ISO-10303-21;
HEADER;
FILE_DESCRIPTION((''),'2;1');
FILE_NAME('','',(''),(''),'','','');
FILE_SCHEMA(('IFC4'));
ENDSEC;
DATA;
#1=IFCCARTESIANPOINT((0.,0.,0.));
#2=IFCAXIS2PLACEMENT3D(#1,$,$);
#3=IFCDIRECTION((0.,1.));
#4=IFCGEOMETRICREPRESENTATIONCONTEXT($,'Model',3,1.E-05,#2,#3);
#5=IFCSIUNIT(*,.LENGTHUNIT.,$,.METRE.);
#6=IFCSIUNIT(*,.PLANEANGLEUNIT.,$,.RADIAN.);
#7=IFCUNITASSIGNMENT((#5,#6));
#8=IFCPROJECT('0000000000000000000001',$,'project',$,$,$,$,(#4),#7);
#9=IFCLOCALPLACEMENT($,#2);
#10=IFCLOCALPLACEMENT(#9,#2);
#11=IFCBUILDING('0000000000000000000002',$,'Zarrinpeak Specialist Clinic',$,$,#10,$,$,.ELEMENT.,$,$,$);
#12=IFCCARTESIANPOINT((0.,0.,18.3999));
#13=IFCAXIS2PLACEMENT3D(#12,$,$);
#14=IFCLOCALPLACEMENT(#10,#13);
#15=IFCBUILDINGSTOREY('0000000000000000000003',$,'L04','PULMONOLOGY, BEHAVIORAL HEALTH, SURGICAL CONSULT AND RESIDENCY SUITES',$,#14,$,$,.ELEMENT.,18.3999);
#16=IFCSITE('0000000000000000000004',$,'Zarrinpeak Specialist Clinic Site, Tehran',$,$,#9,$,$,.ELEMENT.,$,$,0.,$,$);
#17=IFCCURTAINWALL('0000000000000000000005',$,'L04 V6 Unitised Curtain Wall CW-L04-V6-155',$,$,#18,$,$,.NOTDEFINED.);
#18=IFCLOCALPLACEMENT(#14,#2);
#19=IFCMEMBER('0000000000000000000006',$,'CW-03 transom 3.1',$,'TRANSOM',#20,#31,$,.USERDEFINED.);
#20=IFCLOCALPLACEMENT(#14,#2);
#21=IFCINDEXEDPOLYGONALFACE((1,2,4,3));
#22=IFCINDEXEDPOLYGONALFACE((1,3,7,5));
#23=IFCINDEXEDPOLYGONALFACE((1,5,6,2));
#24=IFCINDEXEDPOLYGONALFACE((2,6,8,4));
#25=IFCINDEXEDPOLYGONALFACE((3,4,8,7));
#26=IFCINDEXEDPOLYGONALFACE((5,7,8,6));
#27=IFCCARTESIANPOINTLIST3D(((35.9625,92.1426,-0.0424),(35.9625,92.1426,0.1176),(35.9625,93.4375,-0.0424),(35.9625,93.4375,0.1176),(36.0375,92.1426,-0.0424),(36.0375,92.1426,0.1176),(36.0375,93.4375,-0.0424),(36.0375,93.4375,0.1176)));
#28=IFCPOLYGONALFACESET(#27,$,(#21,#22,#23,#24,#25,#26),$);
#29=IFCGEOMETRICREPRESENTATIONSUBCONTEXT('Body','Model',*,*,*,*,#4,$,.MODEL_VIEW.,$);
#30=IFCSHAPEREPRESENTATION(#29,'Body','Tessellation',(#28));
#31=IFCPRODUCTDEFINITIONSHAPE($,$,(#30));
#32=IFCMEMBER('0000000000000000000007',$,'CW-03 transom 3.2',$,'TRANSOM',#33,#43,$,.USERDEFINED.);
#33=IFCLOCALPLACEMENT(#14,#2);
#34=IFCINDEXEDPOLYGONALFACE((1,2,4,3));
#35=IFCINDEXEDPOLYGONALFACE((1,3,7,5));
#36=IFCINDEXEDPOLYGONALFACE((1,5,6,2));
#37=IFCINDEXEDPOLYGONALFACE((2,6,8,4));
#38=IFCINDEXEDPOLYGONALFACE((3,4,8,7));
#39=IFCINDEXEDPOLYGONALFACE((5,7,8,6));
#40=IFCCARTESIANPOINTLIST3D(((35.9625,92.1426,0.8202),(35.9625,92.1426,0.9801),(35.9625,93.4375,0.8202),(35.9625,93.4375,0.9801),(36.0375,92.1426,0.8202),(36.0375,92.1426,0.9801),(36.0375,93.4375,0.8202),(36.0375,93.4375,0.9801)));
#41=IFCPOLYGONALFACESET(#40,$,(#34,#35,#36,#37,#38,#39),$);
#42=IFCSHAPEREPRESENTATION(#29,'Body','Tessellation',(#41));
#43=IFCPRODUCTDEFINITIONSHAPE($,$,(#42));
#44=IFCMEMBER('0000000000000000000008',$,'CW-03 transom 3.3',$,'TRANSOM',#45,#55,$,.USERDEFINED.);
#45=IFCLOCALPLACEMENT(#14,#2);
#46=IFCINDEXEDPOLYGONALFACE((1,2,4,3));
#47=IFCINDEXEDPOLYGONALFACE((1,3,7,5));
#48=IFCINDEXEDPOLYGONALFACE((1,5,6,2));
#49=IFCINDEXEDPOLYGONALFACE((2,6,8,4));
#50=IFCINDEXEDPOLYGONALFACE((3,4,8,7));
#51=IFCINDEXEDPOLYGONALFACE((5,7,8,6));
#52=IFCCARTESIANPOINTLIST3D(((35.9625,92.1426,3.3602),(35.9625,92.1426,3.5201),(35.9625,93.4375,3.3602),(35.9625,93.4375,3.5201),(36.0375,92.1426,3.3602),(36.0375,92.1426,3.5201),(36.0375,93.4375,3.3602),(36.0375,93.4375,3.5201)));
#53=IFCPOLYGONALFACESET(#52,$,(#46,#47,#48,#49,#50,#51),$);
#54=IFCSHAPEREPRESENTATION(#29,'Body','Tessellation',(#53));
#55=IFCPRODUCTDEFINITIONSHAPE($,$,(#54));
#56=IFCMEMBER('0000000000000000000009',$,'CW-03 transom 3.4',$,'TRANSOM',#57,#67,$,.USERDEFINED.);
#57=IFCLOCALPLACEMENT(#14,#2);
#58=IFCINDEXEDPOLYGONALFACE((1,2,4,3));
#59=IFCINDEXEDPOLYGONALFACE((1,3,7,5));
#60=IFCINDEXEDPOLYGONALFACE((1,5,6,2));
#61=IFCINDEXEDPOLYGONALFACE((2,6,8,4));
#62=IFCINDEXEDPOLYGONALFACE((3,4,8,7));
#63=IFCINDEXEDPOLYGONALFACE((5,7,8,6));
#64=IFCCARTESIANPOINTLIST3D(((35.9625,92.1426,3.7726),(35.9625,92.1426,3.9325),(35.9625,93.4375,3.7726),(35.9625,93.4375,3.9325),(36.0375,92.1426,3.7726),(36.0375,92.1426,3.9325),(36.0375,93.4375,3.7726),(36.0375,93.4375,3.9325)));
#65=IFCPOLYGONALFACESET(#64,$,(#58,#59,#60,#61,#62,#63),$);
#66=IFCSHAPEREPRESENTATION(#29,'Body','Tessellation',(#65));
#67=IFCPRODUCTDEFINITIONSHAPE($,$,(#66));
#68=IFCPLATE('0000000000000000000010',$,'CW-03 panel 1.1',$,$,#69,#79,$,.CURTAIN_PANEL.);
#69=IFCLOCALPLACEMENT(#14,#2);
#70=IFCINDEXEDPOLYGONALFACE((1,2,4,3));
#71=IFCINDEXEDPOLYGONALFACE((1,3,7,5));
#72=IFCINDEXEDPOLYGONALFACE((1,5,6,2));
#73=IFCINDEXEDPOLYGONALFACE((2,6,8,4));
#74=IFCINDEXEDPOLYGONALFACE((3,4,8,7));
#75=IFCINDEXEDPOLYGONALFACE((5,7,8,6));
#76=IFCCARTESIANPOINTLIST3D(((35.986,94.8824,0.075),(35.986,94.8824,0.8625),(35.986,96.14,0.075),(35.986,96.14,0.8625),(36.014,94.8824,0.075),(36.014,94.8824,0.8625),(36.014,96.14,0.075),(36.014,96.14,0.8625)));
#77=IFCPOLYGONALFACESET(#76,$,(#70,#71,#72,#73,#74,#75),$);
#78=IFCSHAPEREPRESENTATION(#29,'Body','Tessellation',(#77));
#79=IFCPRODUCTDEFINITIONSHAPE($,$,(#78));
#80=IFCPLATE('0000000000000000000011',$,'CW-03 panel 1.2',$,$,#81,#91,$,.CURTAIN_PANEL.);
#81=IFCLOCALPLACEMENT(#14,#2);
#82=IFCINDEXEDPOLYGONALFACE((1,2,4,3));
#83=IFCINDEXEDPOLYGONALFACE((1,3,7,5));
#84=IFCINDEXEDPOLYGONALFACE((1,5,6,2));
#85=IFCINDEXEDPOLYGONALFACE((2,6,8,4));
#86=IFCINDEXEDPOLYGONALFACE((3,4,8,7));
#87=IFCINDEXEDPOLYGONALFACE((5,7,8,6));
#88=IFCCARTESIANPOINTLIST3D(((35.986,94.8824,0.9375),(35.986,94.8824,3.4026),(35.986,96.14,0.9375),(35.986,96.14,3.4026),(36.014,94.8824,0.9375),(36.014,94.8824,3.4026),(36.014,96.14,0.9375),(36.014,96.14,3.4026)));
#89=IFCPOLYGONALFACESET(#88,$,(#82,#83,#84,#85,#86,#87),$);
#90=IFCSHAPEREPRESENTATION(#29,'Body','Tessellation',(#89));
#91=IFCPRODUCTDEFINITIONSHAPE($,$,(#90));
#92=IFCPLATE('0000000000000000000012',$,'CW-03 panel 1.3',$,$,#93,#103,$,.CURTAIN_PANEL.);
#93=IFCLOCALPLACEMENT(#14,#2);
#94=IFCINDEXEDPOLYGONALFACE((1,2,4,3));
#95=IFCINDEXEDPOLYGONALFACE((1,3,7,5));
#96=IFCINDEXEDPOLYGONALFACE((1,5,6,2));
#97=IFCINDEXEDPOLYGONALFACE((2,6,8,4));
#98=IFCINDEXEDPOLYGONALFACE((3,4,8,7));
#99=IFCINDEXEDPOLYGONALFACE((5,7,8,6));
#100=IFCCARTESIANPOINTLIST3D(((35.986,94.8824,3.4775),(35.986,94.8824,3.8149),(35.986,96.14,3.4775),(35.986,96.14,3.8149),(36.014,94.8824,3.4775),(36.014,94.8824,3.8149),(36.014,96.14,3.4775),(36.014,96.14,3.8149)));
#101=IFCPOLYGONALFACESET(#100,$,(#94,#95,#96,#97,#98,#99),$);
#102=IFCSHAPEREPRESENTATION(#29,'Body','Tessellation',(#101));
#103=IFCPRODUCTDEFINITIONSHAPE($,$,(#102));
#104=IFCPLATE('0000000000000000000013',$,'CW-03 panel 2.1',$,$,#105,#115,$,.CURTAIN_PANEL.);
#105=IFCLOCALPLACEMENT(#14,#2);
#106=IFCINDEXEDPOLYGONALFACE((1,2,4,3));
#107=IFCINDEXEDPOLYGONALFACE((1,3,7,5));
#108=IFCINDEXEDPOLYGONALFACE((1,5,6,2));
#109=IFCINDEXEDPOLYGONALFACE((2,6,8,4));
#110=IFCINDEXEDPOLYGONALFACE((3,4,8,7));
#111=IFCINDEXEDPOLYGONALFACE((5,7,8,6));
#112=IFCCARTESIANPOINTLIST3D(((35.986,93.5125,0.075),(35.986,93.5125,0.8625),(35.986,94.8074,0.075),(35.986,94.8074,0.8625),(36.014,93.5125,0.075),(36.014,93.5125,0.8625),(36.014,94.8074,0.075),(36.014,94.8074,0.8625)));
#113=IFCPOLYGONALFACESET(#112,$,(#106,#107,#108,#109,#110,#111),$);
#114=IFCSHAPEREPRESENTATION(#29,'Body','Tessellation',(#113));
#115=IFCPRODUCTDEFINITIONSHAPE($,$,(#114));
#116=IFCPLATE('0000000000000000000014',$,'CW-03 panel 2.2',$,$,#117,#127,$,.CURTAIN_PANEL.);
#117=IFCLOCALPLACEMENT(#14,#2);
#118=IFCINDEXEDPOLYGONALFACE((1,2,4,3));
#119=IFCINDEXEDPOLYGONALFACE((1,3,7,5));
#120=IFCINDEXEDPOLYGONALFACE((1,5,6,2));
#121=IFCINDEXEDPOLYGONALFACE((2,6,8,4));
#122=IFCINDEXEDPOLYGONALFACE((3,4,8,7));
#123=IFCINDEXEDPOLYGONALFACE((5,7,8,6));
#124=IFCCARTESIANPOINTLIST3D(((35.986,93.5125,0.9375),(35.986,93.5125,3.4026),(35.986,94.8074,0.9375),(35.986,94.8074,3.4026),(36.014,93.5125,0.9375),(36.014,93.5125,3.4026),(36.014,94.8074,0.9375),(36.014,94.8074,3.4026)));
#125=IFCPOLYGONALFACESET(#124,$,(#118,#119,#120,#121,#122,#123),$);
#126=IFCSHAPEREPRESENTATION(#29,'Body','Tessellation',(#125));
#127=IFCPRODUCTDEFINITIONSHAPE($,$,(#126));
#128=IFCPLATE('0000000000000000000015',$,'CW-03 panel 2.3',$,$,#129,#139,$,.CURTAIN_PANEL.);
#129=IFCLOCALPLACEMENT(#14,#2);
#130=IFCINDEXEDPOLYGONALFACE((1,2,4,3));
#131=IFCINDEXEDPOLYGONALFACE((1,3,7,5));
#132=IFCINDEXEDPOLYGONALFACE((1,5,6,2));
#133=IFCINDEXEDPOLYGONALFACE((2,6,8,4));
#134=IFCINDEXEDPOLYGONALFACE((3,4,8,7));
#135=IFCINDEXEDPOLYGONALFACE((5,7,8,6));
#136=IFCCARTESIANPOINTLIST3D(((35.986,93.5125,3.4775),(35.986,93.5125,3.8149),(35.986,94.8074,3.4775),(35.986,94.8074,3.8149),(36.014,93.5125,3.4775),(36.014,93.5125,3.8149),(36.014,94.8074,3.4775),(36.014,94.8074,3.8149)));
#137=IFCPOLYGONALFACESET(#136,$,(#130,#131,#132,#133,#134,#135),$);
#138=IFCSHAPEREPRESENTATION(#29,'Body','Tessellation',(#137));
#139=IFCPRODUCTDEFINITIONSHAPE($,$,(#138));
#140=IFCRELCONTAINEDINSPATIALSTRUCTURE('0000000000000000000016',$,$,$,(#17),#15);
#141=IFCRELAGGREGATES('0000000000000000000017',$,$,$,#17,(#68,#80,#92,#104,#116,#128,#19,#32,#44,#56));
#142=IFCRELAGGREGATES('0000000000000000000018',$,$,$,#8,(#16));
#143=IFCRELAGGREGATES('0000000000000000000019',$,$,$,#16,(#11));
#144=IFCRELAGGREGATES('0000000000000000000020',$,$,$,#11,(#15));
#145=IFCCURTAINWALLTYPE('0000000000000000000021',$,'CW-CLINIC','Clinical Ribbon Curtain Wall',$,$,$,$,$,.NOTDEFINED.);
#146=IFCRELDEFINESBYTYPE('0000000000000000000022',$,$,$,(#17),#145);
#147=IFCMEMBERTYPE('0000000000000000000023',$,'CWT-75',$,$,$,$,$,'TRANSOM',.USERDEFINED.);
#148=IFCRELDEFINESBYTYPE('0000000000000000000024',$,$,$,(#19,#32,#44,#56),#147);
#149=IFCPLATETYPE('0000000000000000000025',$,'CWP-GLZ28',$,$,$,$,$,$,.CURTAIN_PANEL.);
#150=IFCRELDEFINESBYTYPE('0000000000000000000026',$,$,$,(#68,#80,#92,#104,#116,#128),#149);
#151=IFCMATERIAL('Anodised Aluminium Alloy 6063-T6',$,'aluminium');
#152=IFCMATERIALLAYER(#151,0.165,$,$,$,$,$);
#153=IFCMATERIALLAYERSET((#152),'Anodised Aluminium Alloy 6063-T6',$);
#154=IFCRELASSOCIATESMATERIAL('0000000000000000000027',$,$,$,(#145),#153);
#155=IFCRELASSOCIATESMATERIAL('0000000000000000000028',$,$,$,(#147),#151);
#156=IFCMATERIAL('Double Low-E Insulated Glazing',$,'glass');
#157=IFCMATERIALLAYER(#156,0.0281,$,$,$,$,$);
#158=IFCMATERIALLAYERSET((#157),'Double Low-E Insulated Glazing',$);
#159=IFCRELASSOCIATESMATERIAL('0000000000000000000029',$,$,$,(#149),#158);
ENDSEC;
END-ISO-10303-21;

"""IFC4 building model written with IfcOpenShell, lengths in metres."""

from ifc_helpers import new_model, si_unit, direction, frame, origin, origin_2d, place, context, subcontext, project, spatial, rectangle, extrude, material, layer, layer_set, material_profile, profile_set, type_object, element, aggregate, save


model = new_model("IFC4")

# Units and contexts
model_context = context("Model", 3, precision=1e-05, world=origin(), true_north=direction((0.0, 1.0)))
body_context = subcontext(model_context, "Body", "Model", "MODEL_VIEW")
ifc_project = project(units=[si_unit("LENGTHUNIT", "METRE"), si_unit("PLANEANGLEUNIT", "RADIAN")], contexts=[model_context])

# Site, building, storey
site_placement = place(None, origin())
site = spatial("IfcSite", under=ifc_project, at=site_placement, Name="Zarrinpeak Specialist Clinic Site, Tehran", CompositionType="ELEMENT", RefElevation=0.0)
building_placement = place(site_placement, origin())
building = spatial("IfcBuilding", under=site, at=building_placement, Name="Zarrinpeak Specialist Clinic", CompositionType="ELEMENT")
storey_placement = place(building_placement, frame((0.0, 0.0, 18.3999)))
storey = spatial("IfcBuildingStorey", under=building, at=storey_placement, Name="L04", Description="PULMONOLOGY, BEHAVIORAL HEALTH, SURGICAL CONSULT AND RESIDENCY SUITES", CompositionType="ELEMENT", Elevation=18.3999)

# Curtain wall, members, plates
ifc_material_1 = material(Name="Anodised Aluminium Alloy 6063-T6", Category="aluminium")
ifc_layer_1 = layer(ifc_material_1, 0.165)
ifc_layer_set_1 = layer_set([ifc_layer_1], Name="Anodised Aluminium Alloy 6063-T6")
curtain_wall_type = type_object("IfcCurtainWallType", Name="CW-CLINIC", Description="Clinical Ribbon Curtain Wall", PredefinedType="NOTDEFINED", material=ifc_layer_set_1)
curtain_wall_placement = place(storey_placement, origin())
curtain_wall = element("IfcCurtainWall", 1, at=curtain_wall_placement, inside=storey, type_object=curtain_wall_type, Name="L04 V6 Unitised Curtain Wall CW-L04-V6-155", PredefinedType="NOTDEFINED")
ifc_material_profile_1 = material_profile(ifc_material_1, rectangle(XDim=0.075, YDim=0.1599, at=origin_2d()), Name="ALU 75x160")
ifc_profile_set_1 = profile_set([ifc_material_profile_1], Name="Anodised Aluminium Alloy 6063-T6")
member_type_1 = type_object("IfcMemberType", Name="CWT-75", ElementType="TRANSOM", PredefinedType="USERDEFINED", material=ifc_profile_set_1)
member_1_placement = place(storey_placement, frame((36.0, 93.4375, 0.0376), z_axis=(0.0, -1.0, 0.0), x_axis=(1.0, 0.0, 0.0)))
member_1 = element("IfcMember", 2, at=member_1_placement, type_object=member_type_1, Name="CW-03 transom 3.1", ObjectType="TRANSOM", PredefinedType="USERDEFINED", context=body_context, shape_type="SweptSolid", body=[
    extrude(rectangle(XDim=0.075, YDim=0.1599, at=origin_2d()), origin(), (0.0, 0.0, 1.0), 1.2949),
])
member_2_placement = place(storey_placement, frame((36.0, 93.4375, 0.9001), z_axis=(0.0, -1.0, 0.0), x_axis=(1.0, 0.0, 0.0)))
member_2 = element("IfcMember", 3, at=member_2_placement, type_object=member_type_1, Name="CW-03 transom 3.2", ObjectType="TRANSOM", PredefinedType="USERDEFINED", context=body_context, shape_type="SweptSolid", body=[
    extrude(rectangle(XDim=0.075, YDim=0.1599, at=origin_2d()), origin(), (0.0, 0.0, 1.0), 1.2949),
])
member_3_placement = place(storey_placement, frame((36.0, 93.4375, 3.4402), z_axis=(0.0, -1.0, 0.0), x_axis=(1.0, 0.0, 0.0)))
member_3 = element("IfcMember", 4, at=member_3_placement, type_object=member_type_1, Name="CW-03 transom 3.3", ObjectType="TRANSOM", PredefinedType="USERDEFINED", context=body_context, shape_type="SweptSolid", body=[
    extrude(rectangle(XDim=0.075, YDim=0.1599, at=origin_2d()), origin(), (0.0, 0.0, 1.0), 1.2949),
])
member_4_placement = place(storey_placement, frame((36.0, 93.4375, 3.8525), z_axis=(0.0, -1.0, 0.0), x_axis=(1.0, 0.0, 0.0)))
member_4 = element("IfcMember", 5, at=member_4_placement, type_object=member_type_1, Name="CW-03 transom 3.4", ObjectType="TRANSOM", PredefinedType="USERDEFINED", context=body_context, shape_type="SweptSolid", body=[
    extrude(rectangle(XDim=0.075, YDim=0.1599, at=origin_2d()), origin(), (0.0, 0.0, 1.0), 1.2949),
])
ifc_material_2 = material(Name="Double Low-E Insulated Glazing", Category="glass")
ifc_layer_2 = layer(ifc_material_2, 0.0281)
ifc_layer_set_2 = layer_set([ifc_layer_2], Name="Double Low-E Insulated Glazing")
plate_type = type_object("IfcPlateType", Name="CWP-GLZ28", PredefinedType="CURTAIN_PANEL", material=ifc_layer_set_2)
plate_1_placement = place(storey_placement, frame((36.0, 95.5112, 0.075), z_axis=(0.0, 0.0, 1.0), x_axis=(0.0, -1.0, 0.0)))
plate_1 = element("IfcPlate", 6, at=plate_1_placement, type_object=plate_type, Name="CW-03 panel 1.1", PredefinedType="CURTAIN_PANEL", context=body_context, shape_type="SweptSolid", body=[
    extrude(rectangle(XDim=1.2576, YDim=0.0281, at=origin_2d()), origin(), (0.0, 0.0, 1.0), 0.7876),
])
plate_2_placement = place(storey_placement, frame((36.0, 95.5112, 0.9375), z_axis=(0.0, 0.0, 1.0), x_axis=(0.0, -1.0, 0.0)))
plate_2 = element("IfcPlate", 7, at=plate_2_placement, type_object=plate_type, Name="CW-03 panel 1.2", PredefinedType="CURTAIN_PANEL", context=body_context, shape_type="SweptSolid", body=[
    extrude(rectangle(XDim=1.2576, YDim=0.0281, at=origin_2d()), origin(), (0.0, 0.0, 1.0), 2.4651),
])
plate_3_placement = place(storey_placement, frame((36.0, 95.5112, 3.4775), z_axis=(0.0, 0.0, 1.0), x_axis=(0.0, -1.0, 0.0)))
plate_3 = element("IfcPlate", 8, at=plate_3_placement, type_object=plate_type, Name="CW-03 panel 1.3", PredefinedType="CURTAIN_PANEL", context=body_context, shape_type="SweptSolid", body=[
    extrude(rectangle(XDim=1.2576, YDim=0.0281, at=origin_2d()), origin(), (0.0, 0.0, 1.0), 0.3374),
])
plate_4_placement = place(storey_placement, frame((36.0, 94.1599, 0.075), z_axis=(0.0, 0.0, 1.0), x_axis=(0.0, -1.0, 0.0)))
plate_4 = element("IfcPlate", 9, at=plate_4_placement, type_object=plate_type, Name="CW-03 panel 2.1", PredefinedType="CURTAIN_PANEL", context=body_context, shape_type="SweptSolid", body=[
    extrude(rectangle(XDim=1.2949, YDim=0.0281, at=origin_2d()), origin(), (0.0, 0.0, 1.0), 0.7876),
])
plate_5_placement = place(storey_placement, frame((36.0, 94.1599, 0.9375), z_axis=(0.0, 0.0, 1.0), x_axis=(0.0, -1.0, 0.0)))
plate_5 = element("IfcPlate", 10, at=plate_5_placement, type_object=plate_type, Name="CW-03 panel 2.2", PredefinedType="CURTAIN_PANEL", context=body_context, shape_type="SweptSolid", body=[
    extrude(rectangle(XDim=1.2949, YDim=0.0281, at=origin_2d()), origin(), (0.0, 0.0, 1.0), 2.4651),
])
plate_6_placement = place(storey_placement, frame((36.0, 94.1599, 3.4775), z_axis=(0.0, 0.0, 1.0), x_axis=(0.0, -1.0, 0.0)))
plate_6 = element("IfcPlate", 11, at=plate_6_placement, type_object=plate_type, Name="CW-03 panel 2.3", PredefinedType="CURTAIN_PANEL", context=body_context, shape_type="SweptSolid", body=[
    extrude(rectangle(XDim=1.2949, YDim=0.0281, at=origin_2d()), origin(), (0.0, 0.0, 1.0), 0.3374),
])
aggregate(curtain_wall, [plate_1, plate_2, plate_3, plate_4, plate_5, plate_6, member_1, member_2, member_3, member_4])

save(model, "model.ifc")
